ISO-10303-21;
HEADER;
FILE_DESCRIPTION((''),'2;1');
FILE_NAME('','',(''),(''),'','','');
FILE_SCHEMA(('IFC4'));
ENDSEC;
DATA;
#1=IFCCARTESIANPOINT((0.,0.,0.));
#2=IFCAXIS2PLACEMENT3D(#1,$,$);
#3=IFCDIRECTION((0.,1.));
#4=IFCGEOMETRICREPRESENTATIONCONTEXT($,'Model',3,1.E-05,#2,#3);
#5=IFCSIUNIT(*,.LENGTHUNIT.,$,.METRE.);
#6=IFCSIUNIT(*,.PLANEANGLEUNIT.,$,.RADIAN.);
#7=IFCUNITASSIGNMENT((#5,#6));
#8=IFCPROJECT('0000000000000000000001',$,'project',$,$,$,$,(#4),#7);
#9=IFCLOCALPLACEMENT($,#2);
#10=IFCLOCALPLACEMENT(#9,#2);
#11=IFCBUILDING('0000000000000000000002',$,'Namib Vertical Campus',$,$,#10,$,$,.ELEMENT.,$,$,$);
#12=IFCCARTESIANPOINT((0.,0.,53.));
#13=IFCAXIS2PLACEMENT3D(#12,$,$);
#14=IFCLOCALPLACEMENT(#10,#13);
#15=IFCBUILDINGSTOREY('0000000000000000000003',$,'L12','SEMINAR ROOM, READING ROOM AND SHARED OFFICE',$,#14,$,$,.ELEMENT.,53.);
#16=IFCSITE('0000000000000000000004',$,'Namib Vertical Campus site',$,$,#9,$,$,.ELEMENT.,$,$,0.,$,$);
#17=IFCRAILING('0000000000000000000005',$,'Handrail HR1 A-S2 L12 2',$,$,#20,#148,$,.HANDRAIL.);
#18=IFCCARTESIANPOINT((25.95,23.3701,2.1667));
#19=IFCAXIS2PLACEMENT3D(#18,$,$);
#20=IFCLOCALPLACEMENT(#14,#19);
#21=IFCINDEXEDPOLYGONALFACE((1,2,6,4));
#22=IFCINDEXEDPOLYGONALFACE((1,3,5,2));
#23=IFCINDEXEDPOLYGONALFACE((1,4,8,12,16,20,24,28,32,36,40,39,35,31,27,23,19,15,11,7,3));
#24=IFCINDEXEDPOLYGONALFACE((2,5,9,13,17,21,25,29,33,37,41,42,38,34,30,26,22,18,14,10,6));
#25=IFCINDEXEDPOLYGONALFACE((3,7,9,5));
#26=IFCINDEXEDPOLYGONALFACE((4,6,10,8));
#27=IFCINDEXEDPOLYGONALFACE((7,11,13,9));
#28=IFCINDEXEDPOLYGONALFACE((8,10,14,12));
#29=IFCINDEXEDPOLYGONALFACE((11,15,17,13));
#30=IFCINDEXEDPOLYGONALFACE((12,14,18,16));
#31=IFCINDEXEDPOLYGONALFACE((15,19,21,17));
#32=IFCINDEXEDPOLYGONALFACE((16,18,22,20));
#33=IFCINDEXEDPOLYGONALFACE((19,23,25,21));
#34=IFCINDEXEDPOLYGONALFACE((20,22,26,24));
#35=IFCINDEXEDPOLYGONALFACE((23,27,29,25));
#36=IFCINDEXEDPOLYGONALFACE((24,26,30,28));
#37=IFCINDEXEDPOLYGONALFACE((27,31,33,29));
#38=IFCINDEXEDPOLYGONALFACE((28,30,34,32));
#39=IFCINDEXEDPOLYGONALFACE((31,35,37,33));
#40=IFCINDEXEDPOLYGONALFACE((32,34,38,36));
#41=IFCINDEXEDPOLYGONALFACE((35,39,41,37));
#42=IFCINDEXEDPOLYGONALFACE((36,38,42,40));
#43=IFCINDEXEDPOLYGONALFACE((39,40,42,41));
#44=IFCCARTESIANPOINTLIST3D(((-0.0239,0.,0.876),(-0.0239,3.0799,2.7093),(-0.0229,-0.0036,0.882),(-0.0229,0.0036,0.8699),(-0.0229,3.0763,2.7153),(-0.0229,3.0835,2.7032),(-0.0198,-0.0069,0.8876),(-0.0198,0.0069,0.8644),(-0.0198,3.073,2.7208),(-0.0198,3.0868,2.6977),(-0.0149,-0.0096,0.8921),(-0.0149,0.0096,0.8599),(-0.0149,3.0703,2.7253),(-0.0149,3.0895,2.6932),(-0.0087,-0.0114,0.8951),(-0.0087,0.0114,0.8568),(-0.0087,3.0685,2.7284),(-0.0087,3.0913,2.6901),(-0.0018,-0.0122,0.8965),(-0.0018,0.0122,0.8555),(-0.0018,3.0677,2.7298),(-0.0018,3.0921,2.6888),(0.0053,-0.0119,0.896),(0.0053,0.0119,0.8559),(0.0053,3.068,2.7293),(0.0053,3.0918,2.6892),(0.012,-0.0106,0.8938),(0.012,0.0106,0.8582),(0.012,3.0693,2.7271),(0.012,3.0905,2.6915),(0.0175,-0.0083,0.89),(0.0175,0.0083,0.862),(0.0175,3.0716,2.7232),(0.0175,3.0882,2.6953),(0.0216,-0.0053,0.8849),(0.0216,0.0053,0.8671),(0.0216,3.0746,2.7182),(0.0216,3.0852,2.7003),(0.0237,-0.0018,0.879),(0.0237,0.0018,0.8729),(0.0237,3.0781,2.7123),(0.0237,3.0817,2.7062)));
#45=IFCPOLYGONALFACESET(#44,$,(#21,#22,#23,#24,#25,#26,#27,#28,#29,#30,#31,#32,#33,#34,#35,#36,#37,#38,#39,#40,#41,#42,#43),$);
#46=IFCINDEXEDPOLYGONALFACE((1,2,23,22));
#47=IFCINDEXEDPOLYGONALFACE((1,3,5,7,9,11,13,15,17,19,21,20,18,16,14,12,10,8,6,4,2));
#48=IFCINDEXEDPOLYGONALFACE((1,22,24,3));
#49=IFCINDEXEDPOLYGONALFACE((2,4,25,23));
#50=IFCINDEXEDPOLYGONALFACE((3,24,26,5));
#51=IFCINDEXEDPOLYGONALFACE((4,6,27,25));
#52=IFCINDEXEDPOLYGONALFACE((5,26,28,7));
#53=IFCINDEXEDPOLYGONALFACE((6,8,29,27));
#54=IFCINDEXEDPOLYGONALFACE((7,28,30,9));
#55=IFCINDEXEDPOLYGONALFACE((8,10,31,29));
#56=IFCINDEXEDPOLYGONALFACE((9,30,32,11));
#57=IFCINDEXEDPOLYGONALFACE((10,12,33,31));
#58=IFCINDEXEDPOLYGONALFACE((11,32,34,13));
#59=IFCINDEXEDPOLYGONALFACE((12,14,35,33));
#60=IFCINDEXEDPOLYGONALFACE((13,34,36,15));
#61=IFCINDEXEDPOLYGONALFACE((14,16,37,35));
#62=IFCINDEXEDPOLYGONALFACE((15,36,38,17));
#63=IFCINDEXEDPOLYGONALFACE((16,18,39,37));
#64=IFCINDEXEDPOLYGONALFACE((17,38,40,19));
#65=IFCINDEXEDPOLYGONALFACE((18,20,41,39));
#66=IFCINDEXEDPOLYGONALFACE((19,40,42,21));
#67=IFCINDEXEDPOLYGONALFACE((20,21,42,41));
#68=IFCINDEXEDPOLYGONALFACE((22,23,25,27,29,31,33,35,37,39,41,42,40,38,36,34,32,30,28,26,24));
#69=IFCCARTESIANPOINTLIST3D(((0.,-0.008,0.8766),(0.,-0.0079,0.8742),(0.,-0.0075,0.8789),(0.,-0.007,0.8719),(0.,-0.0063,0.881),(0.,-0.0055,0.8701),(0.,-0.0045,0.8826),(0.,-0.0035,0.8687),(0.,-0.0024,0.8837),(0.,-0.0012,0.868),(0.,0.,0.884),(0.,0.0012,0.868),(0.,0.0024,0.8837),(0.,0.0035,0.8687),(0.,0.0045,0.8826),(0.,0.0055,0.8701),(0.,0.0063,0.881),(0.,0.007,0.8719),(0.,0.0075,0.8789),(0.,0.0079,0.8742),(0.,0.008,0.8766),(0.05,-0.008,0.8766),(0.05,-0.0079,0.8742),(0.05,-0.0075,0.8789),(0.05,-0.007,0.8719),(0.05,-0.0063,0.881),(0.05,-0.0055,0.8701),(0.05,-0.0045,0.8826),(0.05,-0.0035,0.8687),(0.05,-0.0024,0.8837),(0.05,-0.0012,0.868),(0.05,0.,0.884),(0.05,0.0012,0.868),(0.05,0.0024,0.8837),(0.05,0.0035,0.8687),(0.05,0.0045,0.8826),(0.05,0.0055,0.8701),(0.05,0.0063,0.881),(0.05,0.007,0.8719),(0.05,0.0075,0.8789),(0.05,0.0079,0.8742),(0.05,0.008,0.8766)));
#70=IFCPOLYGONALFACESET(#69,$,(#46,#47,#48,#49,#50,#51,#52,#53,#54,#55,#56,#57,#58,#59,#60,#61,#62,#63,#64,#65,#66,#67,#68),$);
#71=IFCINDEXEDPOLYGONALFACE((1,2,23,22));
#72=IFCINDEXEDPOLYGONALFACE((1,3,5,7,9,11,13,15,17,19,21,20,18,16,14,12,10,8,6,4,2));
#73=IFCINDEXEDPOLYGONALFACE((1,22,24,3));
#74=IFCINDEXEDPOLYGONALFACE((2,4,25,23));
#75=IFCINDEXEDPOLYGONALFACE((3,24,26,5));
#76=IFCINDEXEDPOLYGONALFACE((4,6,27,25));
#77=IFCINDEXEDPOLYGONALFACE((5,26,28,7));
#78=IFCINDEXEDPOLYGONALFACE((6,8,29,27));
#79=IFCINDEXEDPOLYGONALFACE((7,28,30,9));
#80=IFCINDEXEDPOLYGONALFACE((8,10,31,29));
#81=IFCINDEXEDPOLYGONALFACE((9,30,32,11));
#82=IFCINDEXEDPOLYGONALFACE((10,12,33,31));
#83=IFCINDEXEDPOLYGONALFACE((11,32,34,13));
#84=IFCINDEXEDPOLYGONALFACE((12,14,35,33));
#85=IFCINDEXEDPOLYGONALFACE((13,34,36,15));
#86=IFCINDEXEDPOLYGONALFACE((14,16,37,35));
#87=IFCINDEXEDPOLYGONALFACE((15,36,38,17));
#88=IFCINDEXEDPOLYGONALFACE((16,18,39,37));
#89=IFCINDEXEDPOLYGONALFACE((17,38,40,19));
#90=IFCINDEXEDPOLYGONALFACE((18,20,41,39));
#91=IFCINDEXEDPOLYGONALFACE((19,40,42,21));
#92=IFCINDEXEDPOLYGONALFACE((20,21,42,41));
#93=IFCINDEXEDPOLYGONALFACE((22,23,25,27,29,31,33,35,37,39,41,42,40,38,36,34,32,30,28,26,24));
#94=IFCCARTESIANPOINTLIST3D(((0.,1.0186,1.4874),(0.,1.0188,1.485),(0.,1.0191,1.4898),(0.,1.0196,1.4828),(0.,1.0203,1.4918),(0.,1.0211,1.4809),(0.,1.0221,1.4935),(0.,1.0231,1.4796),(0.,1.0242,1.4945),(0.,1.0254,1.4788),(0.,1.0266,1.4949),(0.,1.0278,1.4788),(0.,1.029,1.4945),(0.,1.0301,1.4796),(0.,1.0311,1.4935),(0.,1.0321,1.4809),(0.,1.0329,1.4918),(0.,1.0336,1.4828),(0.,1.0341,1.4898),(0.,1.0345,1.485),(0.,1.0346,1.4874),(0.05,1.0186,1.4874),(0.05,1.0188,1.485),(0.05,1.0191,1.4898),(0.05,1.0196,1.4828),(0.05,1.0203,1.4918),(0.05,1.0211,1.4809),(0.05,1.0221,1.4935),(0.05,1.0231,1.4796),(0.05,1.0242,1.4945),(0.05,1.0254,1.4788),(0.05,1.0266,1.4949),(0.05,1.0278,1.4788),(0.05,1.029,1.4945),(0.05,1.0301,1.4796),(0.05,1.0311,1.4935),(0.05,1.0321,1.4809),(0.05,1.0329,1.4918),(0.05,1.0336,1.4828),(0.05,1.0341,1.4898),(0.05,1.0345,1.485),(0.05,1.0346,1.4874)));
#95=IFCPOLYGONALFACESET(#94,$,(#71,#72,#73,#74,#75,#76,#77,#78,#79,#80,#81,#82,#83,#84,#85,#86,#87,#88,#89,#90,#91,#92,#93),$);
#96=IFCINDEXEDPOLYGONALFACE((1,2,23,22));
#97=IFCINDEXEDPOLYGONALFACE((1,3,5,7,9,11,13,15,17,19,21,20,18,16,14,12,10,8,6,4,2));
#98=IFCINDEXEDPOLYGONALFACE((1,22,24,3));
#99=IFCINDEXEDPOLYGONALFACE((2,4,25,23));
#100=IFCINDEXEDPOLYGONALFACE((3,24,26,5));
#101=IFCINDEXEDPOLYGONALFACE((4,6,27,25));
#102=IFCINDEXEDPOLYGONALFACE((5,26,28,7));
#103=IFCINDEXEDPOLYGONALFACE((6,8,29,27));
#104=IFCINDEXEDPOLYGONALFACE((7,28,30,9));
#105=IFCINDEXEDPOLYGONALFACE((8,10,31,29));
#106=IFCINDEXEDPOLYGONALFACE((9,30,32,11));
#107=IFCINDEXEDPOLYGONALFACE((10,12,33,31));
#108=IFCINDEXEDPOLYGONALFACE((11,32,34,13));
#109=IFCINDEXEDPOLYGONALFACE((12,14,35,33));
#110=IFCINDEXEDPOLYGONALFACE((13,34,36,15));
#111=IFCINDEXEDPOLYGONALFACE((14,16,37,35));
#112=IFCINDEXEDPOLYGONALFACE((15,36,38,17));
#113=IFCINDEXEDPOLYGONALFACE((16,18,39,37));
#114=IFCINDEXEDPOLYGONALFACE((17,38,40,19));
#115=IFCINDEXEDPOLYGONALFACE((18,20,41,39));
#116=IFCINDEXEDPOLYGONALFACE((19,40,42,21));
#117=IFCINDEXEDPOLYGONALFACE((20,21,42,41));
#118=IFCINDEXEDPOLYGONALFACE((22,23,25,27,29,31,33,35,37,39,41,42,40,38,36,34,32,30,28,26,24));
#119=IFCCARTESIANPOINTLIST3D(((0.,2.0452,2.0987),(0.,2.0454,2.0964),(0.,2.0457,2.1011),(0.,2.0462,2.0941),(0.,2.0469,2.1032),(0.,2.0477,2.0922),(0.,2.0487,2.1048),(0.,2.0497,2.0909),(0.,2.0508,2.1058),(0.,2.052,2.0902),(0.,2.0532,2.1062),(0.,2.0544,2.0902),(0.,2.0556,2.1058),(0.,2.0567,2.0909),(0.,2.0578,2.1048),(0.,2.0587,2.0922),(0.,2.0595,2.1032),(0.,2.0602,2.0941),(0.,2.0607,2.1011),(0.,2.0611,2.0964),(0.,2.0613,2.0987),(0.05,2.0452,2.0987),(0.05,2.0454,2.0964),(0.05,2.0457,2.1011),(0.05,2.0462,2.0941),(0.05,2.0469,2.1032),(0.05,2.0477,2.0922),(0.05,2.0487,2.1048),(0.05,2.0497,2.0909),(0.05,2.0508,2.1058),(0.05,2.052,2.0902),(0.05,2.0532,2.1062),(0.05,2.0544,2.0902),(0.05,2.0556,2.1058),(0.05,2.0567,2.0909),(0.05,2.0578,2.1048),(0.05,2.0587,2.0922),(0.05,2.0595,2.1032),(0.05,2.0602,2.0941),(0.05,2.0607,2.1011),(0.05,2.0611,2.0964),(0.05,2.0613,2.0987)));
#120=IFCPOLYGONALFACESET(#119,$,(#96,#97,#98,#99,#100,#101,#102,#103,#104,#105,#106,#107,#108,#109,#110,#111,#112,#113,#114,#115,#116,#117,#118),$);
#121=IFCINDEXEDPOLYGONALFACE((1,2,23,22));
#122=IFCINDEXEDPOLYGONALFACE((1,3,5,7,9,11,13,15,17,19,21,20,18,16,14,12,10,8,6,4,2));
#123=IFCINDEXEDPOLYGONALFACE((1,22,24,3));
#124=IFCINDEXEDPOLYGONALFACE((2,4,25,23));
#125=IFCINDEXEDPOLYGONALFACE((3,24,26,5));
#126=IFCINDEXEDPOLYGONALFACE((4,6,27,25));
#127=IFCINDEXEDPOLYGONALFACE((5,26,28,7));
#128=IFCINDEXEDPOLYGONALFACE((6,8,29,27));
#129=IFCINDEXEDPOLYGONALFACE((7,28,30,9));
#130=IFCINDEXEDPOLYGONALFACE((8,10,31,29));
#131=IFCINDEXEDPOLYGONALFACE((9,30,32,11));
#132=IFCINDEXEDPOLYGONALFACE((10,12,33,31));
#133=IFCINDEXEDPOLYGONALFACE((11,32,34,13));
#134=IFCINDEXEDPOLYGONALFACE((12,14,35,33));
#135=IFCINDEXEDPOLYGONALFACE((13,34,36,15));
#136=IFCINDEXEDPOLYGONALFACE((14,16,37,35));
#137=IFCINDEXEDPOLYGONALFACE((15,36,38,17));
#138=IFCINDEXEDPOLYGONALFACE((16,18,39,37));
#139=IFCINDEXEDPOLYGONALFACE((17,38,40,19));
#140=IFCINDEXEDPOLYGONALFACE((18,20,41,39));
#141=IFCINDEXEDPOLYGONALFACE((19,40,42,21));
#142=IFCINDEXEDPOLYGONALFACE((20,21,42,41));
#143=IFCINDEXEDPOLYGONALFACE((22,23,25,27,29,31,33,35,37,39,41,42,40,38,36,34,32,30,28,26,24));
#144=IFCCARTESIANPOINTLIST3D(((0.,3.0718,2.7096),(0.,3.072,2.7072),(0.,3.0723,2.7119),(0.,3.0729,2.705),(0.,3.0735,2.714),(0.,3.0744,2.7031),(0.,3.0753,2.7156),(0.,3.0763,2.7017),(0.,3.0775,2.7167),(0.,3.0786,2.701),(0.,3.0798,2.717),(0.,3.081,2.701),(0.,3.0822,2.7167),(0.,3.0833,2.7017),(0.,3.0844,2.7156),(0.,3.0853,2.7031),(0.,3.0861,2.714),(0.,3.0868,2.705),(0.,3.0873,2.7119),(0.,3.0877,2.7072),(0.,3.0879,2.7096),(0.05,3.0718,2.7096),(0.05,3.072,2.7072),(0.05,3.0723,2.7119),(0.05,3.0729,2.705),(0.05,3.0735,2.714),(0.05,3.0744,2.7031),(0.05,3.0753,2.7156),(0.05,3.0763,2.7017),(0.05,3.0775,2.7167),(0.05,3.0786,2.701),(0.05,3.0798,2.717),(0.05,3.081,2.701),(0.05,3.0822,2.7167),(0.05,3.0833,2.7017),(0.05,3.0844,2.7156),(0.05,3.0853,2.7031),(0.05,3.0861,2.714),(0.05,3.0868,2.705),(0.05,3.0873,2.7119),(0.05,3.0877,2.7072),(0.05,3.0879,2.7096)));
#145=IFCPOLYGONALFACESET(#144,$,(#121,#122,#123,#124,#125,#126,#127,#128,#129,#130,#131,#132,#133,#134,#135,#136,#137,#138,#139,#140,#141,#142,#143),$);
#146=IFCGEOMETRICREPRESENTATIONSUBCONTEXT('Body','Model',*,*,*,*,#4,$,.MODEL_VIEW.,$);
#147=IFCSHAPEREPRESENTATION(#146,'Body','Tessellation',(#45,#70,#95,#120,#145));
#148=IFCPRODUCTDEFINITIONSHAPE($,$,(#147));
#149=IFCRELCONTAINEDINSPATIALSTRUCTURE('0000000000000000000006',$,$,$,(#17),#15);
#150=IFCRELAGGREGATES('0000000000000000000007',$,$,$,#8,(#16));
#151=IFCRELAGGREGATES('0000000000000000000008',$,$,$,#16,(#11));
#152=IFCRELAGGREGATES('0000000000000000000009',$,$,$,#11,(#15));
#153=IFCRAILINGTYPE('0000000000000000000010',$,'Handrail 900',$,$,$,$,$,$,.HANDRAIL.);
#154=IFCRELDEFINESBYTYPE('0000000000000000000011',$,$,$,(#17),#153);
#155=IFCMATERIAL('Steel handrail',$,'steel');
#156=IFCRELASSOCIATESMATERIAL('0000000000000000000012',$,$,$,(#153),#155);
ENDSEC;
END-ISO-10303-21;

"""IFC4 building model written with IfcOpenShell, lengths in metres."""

from ifc_helpers import new_model, si_unit, direction, frame, origin, origin_2d, place, context, subcontext, project, spatial, circle, extrude, material, type_object, element, save


model = new_model("IFC4")

# Units and contexts
model_context = context("Model", 3, precision=1e-05, world=origin(), true_north=direction((0.0, 1.0)))
body_context = subcontext(model_context, "Body", "Model", "MODEL_VIEW")
ifc_project = project(units=[si_unit("LENGTHUNIT", "METRE"), si_unit("PLANEANGLEUNIT", "RADIAN")], contexts=[model_context])

# Site, building, storey
site_placement = place(None, origin())
site = spatial("IfcSite", under=ifc_project, at=site_placement, Name="Namib Vertical Campus site", CompositionType="ELEMENT", RefElevation=0.0)
building_placement = place(site_placement, origin())
building = spatial("IfcBuilding", under=site, at=building_placement, Name="Namib Vertical Campus", CompositionType="ELEMENT")
storey_placement = place(building_placement, frame((0.0, 0.0, 53.0)))
storey = spatial("IfcBuildingStorey", under=building, at=storey_placement, Name="L12", Description="SEMINAR ROOM, READING ROOM AND SHARED OFFICE", CompositionType="ELEMENT", Elevation=53.0)

# Railing
ifc_material_1 = material(Name="Steel handrail", Category="steel")
railing_type_1 = type_object("IfcRailingType", Name="Handrail 900", PredefinedType="HANDRAIL", material=ifc_material_1)
railing_1_placement = place(storey_placement, frame((25.95, 23.3701, 2.1667)))
element("IfcRailing", 1, at=railing_1_placement, inside=storey, type_object=railing_type_1, Name="Handrail HR1 A-S2 L12 2", PredefinedType="HANDRAIL", context=body_context, shape_type="SweptSolid", body=[
    extrude(circle(Radius=0.0239, at=origin_2d()), frame((0.0, 0.0, 0.876), z_axis=(0.0, 0.859291, 0.511487), x_axis=(-1.0, 0.0, 0.0)), (0.0, 0.0, 1.0), 3.5842),
    extrude(circle(Radius=0.0081, at=origin_2d()), frame((0.0, 0.0, 0.876), z_axis=(1.0, 0.0, 0.0), x_axis=(0.0, 0.0, 1.0)), (0.0, 0.0, 1.0), 0.05),
    extrude(circle(Radius=0.0081, at=origin_2d()), frame((0.0, 1.0266, 1.4868), z_axis=(1.0, 0.0, 0.0), x_axis=(0.0, 0.0, 1.0)), (0.0, 0.0, 1.0), 0.05),
    extrude(circle(Radius=0.0081, at=origin_2d()), frame((0.0, 2.0532, 2.0981), z_axis=(1.0, 0.0, 0.0), x_axis=(0.0, 0.0, 1.0)), (0.0, 0.0, 1.0), 0.05),
    extrude(circle(Radius=0.0081, at=origin_2d()), frame((0.0, 3.0798, 2.709), z_axis=(1.0, 0.0, 0.0), x_axis=(0.0, 0.0, 1.0)), (0.0, 0.0, 1.0), 0.05),
])

save(model, "model.ifc")
